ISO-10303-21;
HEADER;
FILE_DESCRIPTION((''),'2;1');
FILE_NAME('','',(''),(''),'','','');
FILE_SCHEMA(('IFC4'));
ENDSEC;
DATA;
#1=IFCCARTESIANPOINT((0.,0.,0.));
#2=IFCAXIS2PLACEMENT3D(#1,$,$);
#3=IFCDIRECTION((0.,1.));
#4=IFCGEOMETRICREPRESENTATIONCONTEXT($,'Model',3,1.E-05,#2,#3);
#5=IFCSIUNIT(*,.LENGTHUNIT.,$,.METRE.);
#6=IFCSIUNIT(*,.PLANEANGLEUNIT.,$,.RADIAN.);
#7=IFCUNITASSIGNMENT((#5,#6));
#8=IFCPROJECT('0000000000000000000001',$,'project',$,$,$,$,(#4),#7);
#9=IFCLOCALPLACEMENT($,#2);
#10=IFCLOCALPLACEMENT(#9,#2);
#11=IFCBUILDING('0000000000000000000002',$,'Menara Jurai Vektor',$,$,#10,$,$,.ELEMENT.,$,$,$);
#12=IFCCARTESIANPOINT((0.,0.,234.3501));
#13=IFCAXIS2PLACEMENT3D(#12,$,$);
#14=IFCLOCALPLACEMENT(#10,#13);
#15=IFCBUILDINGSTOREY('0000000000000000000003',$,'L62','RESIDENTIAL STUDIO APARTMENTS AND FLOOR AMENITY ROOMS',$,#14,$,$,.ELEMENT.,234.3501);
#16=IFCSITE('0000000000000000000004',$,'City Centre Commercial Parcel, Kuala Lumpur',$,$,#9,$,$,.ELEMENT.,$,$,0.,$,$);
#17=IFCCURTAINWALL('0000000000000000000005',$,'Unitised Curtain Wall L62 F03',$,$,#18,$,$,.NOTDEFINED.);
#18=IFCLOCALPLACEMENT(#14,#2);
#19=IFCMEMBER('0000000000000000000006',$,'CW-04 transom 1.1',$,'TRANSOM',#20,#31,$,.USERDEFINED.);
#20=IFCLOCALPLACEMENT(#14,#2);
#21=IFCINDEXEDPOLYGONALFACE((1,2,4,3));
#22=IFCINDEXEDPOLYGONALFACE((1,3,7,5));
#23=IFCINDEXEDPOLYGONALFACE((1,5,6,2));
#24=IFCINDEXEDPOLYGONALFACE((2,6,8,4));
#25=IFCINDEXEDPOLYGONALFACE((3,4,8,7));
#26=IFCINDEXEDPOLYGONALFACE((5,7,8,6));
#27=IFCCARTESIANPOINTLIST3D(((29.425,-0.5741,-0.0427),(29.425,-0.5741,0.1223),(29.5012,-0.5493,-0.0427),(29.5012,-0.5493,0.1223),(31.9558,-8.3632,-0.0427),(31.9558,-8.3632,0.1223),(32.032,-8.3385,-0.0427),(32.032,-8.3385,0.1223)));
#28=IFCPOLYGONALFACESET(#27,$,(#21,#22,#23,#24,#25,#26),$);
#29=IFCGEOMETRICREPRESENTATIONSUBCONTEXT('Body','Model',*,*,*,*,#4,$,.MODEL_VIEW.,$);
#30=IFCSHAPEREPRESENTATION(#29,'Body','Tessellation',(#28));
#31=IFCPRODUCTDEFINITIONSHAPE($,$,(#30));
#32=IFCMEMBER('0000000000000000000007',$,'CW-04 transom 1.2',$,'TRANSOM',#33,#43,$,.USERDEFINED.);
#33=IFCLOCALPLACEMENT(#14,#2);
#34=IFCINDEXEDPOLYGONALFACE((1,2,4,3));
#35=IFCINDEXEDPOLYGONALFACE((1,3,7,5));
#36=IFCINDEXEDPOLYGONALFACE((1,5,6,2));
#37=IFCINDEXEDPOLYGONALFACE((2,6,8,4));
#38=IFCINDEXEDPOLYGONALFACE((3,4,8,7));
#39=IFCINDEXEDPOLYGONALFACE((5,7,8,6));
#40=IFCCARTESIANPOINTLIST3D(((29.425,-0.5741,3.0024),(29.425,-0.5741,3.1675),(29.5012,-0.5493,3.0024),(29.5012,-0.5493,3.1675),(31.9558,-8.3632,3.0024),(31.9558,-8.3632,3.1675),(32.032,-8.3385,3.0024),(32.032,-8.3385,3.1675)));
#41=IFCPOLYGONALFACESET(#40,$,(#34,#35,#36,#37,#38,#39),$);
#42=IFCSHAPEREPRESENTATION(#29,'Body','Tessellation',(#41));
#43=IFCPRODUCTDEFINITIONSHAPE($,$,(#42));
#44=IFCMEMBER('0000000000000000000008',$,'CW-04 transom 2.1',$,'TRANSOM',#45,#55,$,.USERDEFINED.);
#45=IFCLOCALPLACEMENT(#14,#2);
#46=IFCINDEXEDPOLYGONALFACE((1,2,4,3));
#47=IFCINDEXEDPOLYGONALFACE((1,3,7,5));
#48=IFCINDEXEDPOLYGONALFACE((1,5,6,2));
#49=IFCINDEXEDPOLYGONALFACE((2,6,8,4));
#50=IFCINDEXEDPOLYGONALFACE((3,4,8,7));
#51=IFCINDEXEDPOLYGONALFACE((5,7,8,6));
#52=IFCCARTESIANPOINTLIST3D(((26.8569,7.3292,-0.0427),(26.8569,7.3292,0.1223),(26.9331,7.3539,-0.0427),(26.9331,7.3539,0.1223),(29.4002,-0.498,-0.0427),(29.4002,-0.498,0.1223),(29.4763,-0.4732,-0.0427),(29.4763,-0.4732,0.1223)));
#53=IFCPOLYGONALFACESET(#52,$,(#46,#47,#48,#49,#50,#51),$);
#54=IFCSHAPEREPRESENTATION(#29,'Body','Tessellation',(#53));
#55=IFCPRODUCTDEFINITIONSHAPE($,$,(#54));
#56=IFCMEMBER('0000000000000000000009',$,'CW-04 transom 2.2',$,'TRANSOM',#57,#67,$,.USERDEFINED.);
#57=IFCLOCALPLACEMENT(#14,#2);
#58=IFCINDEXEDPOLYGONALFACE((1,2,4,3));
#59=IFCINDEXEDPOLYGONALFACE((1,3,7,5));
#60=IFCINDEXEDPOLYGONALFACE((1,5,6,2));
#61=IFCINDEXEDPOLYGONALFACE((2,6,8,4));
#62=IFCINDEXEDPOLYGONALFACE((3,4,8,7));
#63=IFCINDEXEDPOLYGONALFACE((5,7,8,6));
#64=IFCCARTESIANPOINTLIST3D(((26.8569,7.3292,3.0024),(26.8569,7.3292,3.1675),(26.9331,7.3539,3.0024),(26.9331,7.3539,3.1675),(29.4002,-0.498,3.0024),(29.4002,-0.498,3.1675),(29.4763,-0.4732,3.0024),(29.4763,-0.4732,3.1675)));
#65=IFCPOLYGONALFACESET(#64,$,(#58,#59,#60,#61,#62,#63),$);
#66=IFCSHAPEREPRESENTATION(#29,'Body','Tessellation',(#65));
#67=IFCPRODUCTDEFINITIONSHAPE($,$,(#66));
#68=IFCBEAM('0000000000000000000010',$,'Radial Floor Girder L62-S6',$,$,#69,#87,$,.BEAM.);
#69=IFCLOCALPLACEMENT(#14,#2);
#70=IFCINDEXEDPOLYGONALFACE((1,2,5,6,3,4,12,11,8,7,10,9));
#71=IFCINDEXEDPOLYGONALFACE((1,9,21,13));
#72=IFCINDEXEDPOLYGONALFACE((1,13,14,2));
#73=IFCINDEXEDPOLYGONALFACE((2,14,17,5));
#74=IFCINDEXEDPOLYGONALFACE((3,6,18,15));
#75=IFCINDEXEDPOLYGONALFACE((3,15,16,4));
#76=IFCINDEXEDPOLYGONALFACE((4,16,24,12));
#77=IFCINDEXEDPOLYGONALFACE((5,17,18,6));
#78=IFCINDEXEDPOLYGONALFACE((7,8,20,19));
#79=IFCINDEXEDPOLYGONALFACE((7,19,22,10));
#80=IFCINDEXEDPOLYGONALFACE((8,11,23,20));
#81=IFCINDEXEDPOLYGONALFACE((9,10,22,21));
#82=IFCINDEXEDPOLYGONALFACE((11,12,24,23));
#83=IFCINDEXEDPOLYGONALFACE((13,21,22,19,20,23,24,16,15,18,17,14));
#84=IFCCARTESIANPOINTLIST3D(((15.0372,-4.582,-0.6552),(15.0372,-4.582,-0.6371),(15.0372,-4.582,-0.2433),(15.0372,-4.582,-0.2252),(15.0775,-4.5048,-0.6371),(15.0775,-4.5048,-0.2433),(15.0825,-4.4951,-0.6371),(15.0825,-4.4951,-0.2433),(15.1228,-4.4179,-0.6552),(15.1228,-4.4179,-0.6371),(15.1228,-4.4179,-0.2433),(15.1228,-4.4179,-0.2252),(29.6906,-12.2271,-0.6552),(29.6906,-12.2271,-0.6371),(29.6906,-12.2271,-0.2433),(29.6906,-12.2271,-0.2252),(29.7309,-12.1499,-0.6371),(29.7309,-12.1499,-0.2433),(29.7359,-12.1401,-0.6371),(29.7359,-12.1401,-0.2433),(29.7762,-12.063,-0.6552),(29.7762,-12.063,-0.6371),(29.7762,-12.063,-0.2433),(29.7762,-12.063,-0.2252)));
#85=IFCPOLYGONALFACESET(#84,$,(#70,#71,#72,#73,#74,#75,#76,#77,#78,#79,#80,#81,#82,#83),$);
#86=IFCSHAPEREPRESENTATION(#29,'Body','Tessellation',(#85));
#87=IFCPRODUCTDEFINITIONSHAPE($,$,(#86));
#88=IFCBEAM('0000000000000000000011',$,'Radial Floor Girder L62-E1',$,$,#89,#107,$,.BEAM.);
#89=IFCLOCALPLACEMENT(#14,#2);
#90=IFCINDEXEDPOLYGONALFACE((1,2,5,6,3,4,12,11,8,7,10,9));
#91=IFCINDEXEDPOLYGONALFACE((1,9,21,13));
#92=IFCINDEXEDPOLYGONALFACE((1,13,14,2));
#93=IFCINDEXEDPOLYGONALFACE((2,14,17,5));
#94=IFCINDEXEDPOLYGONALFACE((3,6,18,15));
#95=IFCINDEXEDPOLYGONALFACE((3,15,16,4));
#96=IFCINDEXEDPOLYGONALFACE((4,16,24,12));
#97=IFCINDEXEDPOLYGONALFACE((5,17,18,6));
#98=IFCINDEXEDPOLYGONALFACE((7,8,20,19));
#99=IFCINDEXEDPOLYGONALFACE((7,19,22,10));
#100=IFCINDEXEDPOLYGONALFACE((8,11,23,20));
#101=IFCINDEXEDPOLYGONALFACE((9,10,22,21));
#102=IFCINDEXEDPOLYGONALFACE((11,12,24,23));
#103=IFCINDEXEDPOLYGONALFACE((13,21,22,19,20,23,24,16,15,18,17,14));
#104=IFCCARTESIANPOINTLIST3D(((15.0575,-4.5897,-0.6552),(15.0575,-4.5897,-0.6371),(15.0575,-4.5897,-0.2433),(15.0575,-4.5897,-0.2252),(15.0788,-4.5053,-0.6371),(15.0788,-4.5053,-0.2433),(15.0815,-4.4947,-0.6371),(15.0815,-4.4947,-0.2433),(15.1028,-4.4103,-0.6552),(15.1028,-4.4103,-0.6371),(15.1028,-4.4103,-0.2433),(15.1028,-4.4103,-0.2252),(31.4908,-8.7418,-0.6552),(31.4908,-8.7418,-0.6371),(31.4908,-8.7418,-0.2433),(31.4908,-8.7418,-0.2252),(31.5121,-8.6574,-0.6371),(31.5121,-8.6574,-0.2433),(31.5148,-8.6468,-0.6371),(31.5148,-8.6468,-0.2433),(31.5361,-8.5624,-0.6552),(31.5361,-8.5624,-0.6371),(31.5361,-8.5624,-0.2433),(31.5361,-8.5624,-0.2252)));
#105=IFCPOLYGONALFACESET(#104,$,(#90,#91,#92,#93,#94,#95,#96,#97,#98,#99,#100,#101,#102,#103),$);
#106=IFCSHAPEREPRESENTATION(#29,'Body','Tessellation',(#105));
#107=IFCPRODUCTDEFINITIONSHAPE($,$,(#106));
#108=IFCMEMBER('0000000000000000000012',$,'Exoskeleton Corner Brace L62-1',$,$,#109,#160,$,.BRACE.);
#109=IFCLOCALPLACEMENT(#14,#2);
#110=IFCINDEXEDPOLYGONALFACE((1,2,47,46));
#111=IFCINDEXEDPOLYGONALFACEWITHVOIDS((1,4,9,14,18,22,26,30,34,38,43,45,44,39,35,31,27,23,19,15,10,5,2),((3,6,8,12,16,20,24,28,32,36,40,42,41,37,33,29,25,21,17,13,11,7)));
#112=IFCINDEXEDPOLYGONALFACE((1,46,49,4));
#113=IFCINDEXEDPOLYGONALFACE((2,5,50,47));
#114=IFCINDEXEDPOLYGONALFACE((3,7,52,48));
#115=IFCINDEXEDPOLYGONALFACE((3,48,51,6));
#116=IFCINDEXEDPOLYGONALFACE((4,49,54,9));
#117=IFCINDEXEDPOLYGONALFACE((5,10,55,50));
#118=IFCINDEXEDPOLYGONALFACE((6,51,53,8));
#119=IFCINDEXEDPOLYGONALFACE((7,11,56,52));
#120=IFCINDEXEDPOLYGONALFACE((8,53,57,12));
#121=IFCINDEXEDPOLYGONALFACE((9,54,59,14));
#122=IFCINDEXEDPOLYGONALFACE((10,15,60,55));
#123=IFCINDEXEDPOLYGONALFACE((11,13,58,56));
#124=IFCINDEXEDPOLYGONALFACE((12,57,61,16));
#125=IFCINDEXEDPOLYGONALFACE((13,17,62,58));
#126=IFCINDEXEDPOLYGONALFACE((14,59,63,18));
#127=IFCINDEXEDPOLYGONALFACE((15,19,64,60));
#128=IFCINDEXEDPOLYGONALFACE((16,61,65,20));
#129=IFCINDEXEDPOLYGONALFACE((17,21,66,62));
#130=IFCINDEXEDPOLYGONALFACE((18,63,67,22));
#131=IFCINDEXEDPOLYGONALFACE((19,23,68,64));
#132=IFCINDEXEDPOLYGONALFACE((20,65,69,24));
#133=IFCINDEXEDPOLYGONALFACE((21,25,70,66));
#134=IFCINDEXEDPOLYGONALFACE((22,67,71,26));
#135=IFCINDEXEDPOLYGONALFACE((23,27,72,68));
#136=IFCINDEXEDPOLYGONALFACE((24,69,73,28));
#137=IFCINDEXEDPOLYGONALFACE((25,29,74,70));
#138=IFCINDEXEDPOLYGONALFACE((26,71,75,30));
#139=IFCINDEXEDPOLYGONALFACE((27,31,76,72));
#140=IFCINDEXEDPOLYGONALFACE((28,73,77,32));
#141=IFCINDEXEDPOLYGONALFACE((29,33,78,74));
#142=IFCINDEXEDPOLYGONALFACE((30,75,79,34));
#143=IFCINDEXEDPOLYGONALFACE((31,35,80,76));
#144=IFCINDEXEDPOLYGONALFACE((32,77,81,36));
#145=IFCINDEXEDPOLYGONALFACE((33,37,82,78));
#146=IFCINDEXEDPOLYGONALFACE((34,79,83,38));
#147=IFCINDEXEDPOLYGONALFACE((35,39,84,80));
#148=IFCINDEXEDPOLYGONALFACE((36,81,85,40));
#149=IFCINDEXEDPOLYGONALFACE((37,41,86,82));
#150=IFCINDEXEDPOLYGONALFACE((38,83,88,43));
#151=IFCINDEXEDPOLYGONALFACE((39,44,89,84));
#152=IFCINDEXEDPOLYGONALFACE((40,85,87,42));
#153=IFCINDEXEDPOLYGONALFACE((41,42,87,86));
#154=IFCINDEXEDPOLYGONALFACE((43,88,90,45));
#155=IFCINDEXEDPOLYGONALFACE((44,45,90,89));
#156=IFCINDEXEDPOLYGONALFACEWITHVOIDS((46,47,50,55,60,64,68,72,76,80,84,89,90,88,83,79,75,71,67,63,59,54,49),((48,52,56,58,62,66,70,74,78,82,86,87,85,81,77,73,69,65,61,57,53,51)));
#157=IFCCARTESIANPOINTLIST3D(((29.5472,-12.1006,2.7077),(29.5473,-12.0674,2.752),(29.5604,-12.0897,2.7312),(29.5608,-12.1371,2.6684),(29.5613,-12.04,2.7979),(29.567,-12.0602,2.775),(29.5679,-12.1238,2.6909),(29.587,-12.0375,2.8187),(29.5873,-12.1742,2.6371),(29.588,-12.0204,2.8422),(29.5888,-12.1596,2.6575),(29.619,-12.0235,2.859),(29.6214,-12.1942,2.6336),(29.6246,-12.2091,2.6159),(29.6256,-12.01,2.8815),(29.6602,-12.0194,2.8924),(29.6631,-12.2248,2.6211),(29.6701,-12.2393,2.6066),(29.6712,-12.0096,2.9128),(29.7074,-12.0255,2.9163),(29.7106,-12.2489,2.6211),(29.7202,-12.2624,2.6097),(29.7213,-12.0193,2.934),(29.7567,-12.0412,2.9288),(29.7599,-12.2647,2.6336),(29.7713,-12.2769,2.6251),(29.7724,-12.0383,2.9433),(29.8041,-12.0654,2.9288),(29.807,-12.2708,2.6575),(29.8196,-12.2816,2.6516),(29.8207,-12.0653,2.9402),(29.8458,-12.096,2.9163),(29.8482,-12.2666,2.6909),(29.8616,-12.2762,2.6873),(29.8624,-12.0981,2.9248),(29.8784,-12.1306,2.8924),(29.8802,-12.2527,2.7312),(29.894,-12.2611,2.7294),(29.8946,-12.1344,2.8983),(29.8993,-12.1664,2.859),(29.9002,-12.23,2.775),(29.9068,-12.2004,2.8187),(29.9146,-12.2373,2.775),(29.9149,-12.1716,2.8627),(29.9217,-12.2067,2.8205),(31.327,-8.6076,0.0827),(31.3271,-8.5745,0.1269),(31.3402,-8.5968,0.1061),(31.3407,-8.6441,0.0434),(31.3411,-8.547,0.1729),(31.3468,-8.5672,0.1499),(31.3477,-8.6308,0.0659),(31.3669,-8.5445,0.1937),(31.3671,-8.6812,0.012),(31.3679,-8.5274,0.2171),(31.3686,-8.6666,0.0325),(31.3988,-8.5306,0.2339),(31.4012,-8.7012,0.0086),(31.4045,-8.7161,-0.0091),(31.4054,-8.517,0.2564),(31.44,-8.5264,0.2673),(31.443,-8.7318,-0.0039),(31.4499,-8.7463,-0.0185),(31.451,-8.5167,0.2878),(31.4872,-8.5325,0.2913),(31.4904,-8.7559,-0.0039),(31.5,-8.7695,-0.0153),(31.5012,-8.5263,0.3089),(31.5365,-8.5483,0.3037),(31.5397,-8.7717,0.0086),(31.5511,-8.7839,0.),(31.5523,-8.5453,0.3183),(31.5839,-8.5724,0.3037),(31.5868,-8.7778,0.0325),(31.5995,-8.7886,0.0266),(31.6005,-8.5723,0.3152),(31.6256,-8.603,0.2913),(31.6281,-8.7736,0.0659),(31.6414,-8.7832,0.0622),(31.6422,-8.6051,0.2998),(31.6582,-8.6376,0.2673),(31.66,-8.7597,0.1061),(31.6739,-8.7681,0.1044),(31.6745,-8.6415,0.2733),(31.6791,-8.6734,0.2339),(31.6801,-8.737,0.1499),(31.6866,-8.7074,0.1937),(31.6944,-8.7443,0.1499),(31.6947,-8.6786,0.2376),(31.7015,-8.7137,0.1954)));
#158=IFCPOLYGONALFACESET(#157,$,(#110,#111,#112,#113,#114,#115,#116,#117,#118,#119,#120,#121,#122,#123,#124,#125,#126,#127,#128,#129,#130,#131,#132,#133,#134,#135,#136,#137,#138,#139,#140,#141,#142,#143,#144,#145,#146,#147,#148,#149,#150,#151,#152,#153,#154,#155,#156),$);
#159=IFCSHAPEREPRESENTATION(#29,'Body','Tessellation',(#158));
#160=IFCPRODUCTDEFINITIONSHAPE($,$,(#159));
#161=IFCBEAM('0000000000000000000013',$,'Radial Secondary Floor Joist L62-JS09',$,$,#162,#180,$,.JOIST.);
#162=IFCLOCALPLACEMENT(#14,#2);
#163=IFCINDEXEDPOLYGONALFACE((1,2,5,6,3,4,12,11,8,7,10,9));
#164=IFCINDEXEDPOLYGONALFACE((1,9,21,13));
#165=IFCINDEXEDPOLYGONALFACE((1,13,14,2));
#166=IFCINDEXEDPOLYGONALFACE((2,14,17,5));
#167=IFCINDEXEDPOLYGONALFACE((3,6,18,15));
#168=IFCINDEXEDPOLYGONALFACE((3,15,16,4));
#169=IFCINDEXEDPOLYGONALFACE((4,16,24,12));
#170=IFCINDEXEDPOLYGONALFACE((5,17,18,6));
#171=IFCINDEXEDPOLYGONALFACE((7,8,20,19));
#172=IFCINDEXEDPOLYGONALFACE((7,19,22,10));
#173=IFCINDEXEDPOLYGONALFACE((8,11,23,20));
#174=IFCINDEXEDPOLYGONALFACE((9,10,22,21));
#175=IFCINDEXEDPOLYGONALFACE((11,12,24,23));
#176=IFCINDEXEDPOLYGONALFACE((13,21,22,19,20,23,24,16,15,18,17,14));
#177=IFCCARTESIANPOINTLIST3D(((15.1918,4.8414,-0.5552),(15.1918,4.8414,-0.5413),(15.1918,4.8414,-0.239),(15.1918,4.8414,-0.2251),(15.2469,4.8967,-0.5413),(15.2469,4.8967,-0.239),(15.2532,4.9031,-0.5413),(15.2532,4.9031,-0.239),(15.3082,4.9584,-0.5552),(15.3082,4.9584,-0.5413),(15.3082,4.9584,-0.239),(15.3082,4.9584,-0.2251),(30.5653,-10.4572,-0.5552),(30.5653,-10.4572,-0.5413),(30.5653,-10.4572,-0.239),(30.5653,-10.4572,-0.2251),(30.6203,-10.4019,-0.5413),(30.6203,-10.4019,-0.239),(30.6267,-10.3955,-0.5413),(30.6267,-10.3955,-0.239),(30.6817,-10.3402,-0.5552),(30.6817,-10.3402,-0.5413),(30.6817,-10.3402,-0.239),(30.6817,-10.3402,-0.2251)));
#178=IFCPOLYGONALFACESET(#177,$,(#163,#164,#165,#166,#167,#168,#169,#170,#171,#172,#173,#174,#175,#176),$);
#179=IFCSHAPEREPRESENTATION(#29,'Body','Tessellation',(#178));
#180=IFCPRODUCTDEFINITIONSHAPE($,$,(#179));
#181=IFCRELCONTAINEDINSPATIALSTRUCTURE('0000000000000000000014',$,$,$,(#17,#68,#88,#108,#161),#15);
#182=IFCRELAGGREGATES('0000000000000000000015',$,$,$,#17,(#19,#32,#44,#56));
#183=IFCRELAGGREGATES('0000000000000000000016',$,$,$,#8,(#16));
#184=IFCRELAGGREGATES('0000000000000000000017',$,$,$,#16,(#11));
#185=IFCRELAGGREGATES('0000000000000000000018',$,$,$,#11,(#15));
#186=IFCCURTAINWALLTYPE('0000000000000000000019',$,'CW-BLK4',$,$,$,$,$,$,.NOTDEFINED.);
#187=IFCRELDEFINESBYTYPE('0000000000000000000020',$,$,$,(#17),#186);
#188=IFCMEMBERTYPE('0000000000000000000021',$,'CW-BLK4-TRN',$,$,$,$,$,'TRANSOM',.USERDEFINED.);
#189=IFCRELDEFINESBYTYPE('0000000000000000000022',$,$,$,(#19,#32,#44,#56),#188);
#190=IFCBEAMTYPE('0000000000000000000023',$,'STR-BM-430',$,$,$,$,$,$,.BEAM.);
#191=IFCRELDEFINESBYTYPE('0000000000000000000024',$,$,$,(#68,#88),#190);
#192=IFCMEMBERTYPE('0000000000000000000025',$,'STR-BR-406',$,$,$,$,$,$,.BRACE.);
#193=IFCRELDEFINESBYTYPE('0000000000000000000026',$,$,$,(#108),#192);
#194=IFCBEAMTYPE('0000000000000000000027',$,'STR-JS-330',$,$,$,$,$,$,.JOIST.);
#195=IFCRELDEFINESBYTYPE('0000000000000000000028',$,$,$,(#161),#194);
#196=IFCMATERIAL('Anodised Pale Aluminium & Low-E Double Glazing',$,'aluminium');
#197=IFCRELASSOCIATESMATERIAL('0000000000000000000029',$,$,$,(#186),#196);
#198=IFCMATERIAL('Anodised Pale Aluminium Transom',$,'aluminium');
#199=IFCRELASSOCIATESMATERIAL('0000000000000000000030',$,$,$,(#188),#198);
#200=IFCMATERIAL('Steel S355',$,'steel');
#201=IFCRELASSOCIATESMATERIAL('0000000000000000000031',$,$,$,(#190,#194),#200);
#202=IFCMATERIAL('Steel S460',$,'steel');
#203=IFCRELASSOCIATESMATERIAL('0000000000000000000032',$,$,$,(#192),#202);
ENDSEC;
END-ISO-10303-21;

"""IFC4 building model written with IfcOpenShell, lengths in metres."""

from ifc_helpers import new_model, si_unit, direction, frame, origin, origin_2d, place, context, subcontext, project, spatial, rectangle, hollow_circle, i_section, extrude, material, material_profile, profile_set, type_object, element, aggregate, save


model = new_model("IFC4")

# Units and contexts
model_context = context("Model", 3, precision=1e-05, world=origin(), true_north=direction((0.0, 1.0)))
body_context = subcontext(model_context, "Body", "Model", "MODEL_VIEW")
ifc_project = project(units=[si_unit("LENGTHUNIT", "METRE"), si_unit("PLANEANGLEUNIT", "RADIAN")], contexts=[model_context])

# Site, building, storey
site_placement = place(None, origin())
site = spatial("IfcSite", under=ifc_project, at=site_placement, Name="City Centre Commercial Parcel, Kuala Lumpur", CompositionType="ELEMENT", RefElevation=0.0)
building_placement = place(site_placement, origin())
building = spatial("IfcBuilding", under=site, at=building_placement, Name="Menara Jurai Vektor", CompositionType="ELEMENT")
storey_placement = place(building_placement, frame((0.0, 0.0, 234.3501)))
storey = spatial("IfcBuildingStorey", under=building, at=storey_placement, Name="L62", Description="RESIDENTIAL STUDIO APARTMENTS AND FLOOR AMENITY ROOMS", CompositionType="ELEMENT", Elevation=234.3501)

# Shared definitions
ifc_material_1 = material(Name="Steel S460", Category="steel")

# Shared definitions
ifc_material_2 = material(Name="Anodised Pale Aluminium & Low-E Double Glazing", Category="aluminium")
curtain_wall_type = type_object("IfcCurtainWallType", Name="CW-BLK4", PredefinedType="NOTDEFINED", material=ifc_material_2)

# Curtain wall
curtain_wall_1_placement = place(storey_placement, origin())
curtain_wall_1 = element("IfcCurtainWall", 1, at=curtain_wall_1_placement, inside=storey, type_object=curtain_wall_type, Name="Unitised Curtain Wall L62 F03", PredefinedType="NOTDEFINED")

# Members
ifc_material_3 = material(Name="Anodised Pale Aluminium Transom", Category="aluminium")
ifc_material_profile_1 = material_profile(ifc_material_3, rectangle(XDim=0.0801, YDim=0.165, at=origin_2d()), Name="ALU TRN 80x165")
ifc_profile_set_1 = profile_set([ifc_material_profile_1], Name="Anodised Pale Aluminium Transom")
member_type_1 = type_object("IfcMemberType", Name="CW-BLK4-TRN", ElementType="TRANSOM", PredefinedType="USERDEFINED", material=ifc_profile_set_1)
member_1_placement = place(storey_placement, frame((31.9939, -8.3508, 0.0398), z_axis=(-0.309011, 0.951059, 0.0), x_axis=(-0.951059, -0.309011, 0.0)))
member_1 = element("IfcMember", 2, at=member_1_placement, type_object=member_type_1, Name="CW-04 transom 1.1", ObjectType="TRANSOM", PredefinedType="USERDEFINED", context=body_context, shape_type="SweptSolid", body=[
    extrude(rectangle(XDim=0.0801, YDim=0.165, at=origin_2d()), origin(), (0.0, 0.0, 1.0), 8.1899),
])
member_2_placement = place(storey_placement, frame((31.9939, -8.3508, 3.085), z_axis=(-0.309011, 0.951059, 0.0), x_axis=(-0.951059, -0.309011, 0.0)))
member_2 = element("IfcMember", 3, at=member_2_placement, type_object=member_type_1, Name="CW-04 transom 1.2", ObjectType="TRANSOM", PredefinedType="USERDEFINED", context=body_context, shape_type="SweptSolid", body=[
    extrude(rectangle(XDim=0.0801, YDim=0.165, at=origin_2d()), origin(), (0.0, 0.0, 1.0), 8.1899),
])
member_3_placement = place(storey_placement, frame((29.4382, -0.4856, 0.0398), z_axis=(-0.309019, 0.951056, 0.0), x_axis=(-0.951056, -0.309019, 0.0)))
member_3 = element("IfcMember", 4, at=member_3_placement, type_object=member_type_1, Name="CW-04 transom 2.1", ObjectType="TRANSOM", PredefinedType="USERDEFINED", context=body_context, shape_type="SweptSolid", body=[
    extrude(rectangle(XDim=0.0801, YDim=0.165, at=origin_2d()), origin(), (0.0, 0.0, 1.0), 8.23),
])
member_4_placement = place(storey_placement, frame((29.4382, -0.4856, 3.085), z_axis=(-0.309019, 0.951056, 0.0), x_axis=(-0.951056, -0.309019, 0.0)))
member_4 = element("IfcMember", 5, at=member_4_placement, type_object=member_type_1, Name="CW-04 transom 2.2", ObjectType="TRANSOM", PredefinedType="USERDEFINED", context=body_context, shape_type="SweptSolid", body=[
    extrude(rectangle(XDim=0.0801, YDim=0.165, at=origin_2d()), origin(), (0.0, 0.0, 1.0), 8.23),
])

# Beams
ifc_material_4 = material(Name="Steel S355", Category="steel")
ifc_material_profile_2 = material_profile(ifc_material_4, i_section(OverallWidth=0.1851, OverallDepth=0.4299, WebThickness=0.011, FlangeThickness=0.0181, at=origin_2d()), Name="PG 430x185x76")
ifc_profile_set_2 = profile_set([ifc_material_profile_2], Name="Steel S355")
beam_type_1 = type_object("IfcBeamType", Name="STR-BM-430", PredefinedType="BEAM", material=ifc_profile_set_2)
beam_1_placement = place(storey_placement, frame((29.7334, -12.145, -0.4402), z_axis=(-0.88659, 0.462557, 0.0), x_axis=(-0.462557, -0.88659, 0.0)))
element("IfcBeam", 6, at=beam_1_placement, inside=storey, type_object=beam_type_1, Name="Radial Floor Girder L62-S6", PredefinedType="BEAM", context=body_context, shape_type="SweptSolid", body=[
    extrude(i_section(OverallWidth=0.1851, OverallDepth=0.4299, WebThickness=0.011, FlangeThickness=0.0181, at=origin_2d()), origin(), (0.0, 0.0, 1.0), 16.5278),
])
beam_2_placement = place(storey_placement, frame((31.5134, -8.6521, -0.4402), z_axis=(-0.969532, 0.244965, 0.0), x_axis=(-0.244965, -0.969532, 0.0)))
element("IfcBeam", 7, at=beam_2_placement, inside=storey, type_object=beam_type_1, Name="Radial Floor Girder L62-E1", PredefinedType="BEAM", context=body_context, shape_type="SweptSolid", body=[
    extrude(i_section(OverallWidth=0.1851, OverallDepth=0.4299, WebThickness=0.011, FlangeThickness=0.0181, at=origin_2d()), origin(), (0.0, 0.0, 1.0), 16.9497),
])

# Member
ifc_material_profile_3 = material_profile(ifc_material_1, hollow_circle(Radius=0.2031, WallThickness=0.0161, at=origin_2d()), Name="CHS 406.4x16")
ifc_profile_set_3 = profile_set([ifc_material_profile_3], Name="Steel S460")
member_type_2 = type_object("IfcMemberType", Name="STR-BR-406", PredefinedType="BRACE", material=ifc_profile_set_3)
member_5_placement = place(storey_placement, frame((31.5134, -8.6521, 0.1499), z_axis=(-0.37724, -0.740352, 0.556389), x_axis=(0.891001, -0.454001, 0.0)))
element("IfcMember", 8, at=member_5_placement, inside=storey, type_object=member_type_2, Name="Exoskeleton Corner Brace L62-1", PredefinedType="BRACE", context=body_context, shape_type="SweptSolid", body=[
    extrude(hollow_circle(Radius=0.2031, WallThickness=0.0161, at=origin_2d()), origin(), (0.0, 0.0, 1.0), 4.718),
])

# Beam
ifc_material_profile_4 = material_profile(ifc_material_4, i_section(OverallWidth=0.165, OverallDepth=0.3301, WebThickness=0.009, FlangeThickness=0.0139, at=origin_2d()), Name="PG 330x165x46")
ifc_profile_set_4 = profile_set([ifc_material_profile_4], Name="Steel S355")
beam_type_2 = type_object("IfcBeamType", Name="STR-JS-330", PredefinedType="JOIST", material=ifc_profile_set_4)
beam_3_placement = place(storey_placement, frame((30.6235, -10.3987, -0.3901), z_axis=(-0.708833, 0.705377, 0.0), x_axis=(-0.705377, -0.708833, 0.0)))
element("IfcBeam", 9, at=beam_3_placement, inside=storey, type_object=beam_type_2, Name="Radial Secondary Floor Joist L62-JS09", PredefinedType="JOIST", context=body_context, shape_type="SweptSolid", body=[
    extrude(i_section(OverallWidth=0.165, OverallDepth=0.3301, WebThickness=0.009, FlangeThickness=0.0139, at=origin_2d()), origin(), (0.0, 0.0, 1.0), 21.6885),
])

aggregate(curtain_wall_1, [member_1, member_2, member_3, member_4])

save(model, "model.ifc")
